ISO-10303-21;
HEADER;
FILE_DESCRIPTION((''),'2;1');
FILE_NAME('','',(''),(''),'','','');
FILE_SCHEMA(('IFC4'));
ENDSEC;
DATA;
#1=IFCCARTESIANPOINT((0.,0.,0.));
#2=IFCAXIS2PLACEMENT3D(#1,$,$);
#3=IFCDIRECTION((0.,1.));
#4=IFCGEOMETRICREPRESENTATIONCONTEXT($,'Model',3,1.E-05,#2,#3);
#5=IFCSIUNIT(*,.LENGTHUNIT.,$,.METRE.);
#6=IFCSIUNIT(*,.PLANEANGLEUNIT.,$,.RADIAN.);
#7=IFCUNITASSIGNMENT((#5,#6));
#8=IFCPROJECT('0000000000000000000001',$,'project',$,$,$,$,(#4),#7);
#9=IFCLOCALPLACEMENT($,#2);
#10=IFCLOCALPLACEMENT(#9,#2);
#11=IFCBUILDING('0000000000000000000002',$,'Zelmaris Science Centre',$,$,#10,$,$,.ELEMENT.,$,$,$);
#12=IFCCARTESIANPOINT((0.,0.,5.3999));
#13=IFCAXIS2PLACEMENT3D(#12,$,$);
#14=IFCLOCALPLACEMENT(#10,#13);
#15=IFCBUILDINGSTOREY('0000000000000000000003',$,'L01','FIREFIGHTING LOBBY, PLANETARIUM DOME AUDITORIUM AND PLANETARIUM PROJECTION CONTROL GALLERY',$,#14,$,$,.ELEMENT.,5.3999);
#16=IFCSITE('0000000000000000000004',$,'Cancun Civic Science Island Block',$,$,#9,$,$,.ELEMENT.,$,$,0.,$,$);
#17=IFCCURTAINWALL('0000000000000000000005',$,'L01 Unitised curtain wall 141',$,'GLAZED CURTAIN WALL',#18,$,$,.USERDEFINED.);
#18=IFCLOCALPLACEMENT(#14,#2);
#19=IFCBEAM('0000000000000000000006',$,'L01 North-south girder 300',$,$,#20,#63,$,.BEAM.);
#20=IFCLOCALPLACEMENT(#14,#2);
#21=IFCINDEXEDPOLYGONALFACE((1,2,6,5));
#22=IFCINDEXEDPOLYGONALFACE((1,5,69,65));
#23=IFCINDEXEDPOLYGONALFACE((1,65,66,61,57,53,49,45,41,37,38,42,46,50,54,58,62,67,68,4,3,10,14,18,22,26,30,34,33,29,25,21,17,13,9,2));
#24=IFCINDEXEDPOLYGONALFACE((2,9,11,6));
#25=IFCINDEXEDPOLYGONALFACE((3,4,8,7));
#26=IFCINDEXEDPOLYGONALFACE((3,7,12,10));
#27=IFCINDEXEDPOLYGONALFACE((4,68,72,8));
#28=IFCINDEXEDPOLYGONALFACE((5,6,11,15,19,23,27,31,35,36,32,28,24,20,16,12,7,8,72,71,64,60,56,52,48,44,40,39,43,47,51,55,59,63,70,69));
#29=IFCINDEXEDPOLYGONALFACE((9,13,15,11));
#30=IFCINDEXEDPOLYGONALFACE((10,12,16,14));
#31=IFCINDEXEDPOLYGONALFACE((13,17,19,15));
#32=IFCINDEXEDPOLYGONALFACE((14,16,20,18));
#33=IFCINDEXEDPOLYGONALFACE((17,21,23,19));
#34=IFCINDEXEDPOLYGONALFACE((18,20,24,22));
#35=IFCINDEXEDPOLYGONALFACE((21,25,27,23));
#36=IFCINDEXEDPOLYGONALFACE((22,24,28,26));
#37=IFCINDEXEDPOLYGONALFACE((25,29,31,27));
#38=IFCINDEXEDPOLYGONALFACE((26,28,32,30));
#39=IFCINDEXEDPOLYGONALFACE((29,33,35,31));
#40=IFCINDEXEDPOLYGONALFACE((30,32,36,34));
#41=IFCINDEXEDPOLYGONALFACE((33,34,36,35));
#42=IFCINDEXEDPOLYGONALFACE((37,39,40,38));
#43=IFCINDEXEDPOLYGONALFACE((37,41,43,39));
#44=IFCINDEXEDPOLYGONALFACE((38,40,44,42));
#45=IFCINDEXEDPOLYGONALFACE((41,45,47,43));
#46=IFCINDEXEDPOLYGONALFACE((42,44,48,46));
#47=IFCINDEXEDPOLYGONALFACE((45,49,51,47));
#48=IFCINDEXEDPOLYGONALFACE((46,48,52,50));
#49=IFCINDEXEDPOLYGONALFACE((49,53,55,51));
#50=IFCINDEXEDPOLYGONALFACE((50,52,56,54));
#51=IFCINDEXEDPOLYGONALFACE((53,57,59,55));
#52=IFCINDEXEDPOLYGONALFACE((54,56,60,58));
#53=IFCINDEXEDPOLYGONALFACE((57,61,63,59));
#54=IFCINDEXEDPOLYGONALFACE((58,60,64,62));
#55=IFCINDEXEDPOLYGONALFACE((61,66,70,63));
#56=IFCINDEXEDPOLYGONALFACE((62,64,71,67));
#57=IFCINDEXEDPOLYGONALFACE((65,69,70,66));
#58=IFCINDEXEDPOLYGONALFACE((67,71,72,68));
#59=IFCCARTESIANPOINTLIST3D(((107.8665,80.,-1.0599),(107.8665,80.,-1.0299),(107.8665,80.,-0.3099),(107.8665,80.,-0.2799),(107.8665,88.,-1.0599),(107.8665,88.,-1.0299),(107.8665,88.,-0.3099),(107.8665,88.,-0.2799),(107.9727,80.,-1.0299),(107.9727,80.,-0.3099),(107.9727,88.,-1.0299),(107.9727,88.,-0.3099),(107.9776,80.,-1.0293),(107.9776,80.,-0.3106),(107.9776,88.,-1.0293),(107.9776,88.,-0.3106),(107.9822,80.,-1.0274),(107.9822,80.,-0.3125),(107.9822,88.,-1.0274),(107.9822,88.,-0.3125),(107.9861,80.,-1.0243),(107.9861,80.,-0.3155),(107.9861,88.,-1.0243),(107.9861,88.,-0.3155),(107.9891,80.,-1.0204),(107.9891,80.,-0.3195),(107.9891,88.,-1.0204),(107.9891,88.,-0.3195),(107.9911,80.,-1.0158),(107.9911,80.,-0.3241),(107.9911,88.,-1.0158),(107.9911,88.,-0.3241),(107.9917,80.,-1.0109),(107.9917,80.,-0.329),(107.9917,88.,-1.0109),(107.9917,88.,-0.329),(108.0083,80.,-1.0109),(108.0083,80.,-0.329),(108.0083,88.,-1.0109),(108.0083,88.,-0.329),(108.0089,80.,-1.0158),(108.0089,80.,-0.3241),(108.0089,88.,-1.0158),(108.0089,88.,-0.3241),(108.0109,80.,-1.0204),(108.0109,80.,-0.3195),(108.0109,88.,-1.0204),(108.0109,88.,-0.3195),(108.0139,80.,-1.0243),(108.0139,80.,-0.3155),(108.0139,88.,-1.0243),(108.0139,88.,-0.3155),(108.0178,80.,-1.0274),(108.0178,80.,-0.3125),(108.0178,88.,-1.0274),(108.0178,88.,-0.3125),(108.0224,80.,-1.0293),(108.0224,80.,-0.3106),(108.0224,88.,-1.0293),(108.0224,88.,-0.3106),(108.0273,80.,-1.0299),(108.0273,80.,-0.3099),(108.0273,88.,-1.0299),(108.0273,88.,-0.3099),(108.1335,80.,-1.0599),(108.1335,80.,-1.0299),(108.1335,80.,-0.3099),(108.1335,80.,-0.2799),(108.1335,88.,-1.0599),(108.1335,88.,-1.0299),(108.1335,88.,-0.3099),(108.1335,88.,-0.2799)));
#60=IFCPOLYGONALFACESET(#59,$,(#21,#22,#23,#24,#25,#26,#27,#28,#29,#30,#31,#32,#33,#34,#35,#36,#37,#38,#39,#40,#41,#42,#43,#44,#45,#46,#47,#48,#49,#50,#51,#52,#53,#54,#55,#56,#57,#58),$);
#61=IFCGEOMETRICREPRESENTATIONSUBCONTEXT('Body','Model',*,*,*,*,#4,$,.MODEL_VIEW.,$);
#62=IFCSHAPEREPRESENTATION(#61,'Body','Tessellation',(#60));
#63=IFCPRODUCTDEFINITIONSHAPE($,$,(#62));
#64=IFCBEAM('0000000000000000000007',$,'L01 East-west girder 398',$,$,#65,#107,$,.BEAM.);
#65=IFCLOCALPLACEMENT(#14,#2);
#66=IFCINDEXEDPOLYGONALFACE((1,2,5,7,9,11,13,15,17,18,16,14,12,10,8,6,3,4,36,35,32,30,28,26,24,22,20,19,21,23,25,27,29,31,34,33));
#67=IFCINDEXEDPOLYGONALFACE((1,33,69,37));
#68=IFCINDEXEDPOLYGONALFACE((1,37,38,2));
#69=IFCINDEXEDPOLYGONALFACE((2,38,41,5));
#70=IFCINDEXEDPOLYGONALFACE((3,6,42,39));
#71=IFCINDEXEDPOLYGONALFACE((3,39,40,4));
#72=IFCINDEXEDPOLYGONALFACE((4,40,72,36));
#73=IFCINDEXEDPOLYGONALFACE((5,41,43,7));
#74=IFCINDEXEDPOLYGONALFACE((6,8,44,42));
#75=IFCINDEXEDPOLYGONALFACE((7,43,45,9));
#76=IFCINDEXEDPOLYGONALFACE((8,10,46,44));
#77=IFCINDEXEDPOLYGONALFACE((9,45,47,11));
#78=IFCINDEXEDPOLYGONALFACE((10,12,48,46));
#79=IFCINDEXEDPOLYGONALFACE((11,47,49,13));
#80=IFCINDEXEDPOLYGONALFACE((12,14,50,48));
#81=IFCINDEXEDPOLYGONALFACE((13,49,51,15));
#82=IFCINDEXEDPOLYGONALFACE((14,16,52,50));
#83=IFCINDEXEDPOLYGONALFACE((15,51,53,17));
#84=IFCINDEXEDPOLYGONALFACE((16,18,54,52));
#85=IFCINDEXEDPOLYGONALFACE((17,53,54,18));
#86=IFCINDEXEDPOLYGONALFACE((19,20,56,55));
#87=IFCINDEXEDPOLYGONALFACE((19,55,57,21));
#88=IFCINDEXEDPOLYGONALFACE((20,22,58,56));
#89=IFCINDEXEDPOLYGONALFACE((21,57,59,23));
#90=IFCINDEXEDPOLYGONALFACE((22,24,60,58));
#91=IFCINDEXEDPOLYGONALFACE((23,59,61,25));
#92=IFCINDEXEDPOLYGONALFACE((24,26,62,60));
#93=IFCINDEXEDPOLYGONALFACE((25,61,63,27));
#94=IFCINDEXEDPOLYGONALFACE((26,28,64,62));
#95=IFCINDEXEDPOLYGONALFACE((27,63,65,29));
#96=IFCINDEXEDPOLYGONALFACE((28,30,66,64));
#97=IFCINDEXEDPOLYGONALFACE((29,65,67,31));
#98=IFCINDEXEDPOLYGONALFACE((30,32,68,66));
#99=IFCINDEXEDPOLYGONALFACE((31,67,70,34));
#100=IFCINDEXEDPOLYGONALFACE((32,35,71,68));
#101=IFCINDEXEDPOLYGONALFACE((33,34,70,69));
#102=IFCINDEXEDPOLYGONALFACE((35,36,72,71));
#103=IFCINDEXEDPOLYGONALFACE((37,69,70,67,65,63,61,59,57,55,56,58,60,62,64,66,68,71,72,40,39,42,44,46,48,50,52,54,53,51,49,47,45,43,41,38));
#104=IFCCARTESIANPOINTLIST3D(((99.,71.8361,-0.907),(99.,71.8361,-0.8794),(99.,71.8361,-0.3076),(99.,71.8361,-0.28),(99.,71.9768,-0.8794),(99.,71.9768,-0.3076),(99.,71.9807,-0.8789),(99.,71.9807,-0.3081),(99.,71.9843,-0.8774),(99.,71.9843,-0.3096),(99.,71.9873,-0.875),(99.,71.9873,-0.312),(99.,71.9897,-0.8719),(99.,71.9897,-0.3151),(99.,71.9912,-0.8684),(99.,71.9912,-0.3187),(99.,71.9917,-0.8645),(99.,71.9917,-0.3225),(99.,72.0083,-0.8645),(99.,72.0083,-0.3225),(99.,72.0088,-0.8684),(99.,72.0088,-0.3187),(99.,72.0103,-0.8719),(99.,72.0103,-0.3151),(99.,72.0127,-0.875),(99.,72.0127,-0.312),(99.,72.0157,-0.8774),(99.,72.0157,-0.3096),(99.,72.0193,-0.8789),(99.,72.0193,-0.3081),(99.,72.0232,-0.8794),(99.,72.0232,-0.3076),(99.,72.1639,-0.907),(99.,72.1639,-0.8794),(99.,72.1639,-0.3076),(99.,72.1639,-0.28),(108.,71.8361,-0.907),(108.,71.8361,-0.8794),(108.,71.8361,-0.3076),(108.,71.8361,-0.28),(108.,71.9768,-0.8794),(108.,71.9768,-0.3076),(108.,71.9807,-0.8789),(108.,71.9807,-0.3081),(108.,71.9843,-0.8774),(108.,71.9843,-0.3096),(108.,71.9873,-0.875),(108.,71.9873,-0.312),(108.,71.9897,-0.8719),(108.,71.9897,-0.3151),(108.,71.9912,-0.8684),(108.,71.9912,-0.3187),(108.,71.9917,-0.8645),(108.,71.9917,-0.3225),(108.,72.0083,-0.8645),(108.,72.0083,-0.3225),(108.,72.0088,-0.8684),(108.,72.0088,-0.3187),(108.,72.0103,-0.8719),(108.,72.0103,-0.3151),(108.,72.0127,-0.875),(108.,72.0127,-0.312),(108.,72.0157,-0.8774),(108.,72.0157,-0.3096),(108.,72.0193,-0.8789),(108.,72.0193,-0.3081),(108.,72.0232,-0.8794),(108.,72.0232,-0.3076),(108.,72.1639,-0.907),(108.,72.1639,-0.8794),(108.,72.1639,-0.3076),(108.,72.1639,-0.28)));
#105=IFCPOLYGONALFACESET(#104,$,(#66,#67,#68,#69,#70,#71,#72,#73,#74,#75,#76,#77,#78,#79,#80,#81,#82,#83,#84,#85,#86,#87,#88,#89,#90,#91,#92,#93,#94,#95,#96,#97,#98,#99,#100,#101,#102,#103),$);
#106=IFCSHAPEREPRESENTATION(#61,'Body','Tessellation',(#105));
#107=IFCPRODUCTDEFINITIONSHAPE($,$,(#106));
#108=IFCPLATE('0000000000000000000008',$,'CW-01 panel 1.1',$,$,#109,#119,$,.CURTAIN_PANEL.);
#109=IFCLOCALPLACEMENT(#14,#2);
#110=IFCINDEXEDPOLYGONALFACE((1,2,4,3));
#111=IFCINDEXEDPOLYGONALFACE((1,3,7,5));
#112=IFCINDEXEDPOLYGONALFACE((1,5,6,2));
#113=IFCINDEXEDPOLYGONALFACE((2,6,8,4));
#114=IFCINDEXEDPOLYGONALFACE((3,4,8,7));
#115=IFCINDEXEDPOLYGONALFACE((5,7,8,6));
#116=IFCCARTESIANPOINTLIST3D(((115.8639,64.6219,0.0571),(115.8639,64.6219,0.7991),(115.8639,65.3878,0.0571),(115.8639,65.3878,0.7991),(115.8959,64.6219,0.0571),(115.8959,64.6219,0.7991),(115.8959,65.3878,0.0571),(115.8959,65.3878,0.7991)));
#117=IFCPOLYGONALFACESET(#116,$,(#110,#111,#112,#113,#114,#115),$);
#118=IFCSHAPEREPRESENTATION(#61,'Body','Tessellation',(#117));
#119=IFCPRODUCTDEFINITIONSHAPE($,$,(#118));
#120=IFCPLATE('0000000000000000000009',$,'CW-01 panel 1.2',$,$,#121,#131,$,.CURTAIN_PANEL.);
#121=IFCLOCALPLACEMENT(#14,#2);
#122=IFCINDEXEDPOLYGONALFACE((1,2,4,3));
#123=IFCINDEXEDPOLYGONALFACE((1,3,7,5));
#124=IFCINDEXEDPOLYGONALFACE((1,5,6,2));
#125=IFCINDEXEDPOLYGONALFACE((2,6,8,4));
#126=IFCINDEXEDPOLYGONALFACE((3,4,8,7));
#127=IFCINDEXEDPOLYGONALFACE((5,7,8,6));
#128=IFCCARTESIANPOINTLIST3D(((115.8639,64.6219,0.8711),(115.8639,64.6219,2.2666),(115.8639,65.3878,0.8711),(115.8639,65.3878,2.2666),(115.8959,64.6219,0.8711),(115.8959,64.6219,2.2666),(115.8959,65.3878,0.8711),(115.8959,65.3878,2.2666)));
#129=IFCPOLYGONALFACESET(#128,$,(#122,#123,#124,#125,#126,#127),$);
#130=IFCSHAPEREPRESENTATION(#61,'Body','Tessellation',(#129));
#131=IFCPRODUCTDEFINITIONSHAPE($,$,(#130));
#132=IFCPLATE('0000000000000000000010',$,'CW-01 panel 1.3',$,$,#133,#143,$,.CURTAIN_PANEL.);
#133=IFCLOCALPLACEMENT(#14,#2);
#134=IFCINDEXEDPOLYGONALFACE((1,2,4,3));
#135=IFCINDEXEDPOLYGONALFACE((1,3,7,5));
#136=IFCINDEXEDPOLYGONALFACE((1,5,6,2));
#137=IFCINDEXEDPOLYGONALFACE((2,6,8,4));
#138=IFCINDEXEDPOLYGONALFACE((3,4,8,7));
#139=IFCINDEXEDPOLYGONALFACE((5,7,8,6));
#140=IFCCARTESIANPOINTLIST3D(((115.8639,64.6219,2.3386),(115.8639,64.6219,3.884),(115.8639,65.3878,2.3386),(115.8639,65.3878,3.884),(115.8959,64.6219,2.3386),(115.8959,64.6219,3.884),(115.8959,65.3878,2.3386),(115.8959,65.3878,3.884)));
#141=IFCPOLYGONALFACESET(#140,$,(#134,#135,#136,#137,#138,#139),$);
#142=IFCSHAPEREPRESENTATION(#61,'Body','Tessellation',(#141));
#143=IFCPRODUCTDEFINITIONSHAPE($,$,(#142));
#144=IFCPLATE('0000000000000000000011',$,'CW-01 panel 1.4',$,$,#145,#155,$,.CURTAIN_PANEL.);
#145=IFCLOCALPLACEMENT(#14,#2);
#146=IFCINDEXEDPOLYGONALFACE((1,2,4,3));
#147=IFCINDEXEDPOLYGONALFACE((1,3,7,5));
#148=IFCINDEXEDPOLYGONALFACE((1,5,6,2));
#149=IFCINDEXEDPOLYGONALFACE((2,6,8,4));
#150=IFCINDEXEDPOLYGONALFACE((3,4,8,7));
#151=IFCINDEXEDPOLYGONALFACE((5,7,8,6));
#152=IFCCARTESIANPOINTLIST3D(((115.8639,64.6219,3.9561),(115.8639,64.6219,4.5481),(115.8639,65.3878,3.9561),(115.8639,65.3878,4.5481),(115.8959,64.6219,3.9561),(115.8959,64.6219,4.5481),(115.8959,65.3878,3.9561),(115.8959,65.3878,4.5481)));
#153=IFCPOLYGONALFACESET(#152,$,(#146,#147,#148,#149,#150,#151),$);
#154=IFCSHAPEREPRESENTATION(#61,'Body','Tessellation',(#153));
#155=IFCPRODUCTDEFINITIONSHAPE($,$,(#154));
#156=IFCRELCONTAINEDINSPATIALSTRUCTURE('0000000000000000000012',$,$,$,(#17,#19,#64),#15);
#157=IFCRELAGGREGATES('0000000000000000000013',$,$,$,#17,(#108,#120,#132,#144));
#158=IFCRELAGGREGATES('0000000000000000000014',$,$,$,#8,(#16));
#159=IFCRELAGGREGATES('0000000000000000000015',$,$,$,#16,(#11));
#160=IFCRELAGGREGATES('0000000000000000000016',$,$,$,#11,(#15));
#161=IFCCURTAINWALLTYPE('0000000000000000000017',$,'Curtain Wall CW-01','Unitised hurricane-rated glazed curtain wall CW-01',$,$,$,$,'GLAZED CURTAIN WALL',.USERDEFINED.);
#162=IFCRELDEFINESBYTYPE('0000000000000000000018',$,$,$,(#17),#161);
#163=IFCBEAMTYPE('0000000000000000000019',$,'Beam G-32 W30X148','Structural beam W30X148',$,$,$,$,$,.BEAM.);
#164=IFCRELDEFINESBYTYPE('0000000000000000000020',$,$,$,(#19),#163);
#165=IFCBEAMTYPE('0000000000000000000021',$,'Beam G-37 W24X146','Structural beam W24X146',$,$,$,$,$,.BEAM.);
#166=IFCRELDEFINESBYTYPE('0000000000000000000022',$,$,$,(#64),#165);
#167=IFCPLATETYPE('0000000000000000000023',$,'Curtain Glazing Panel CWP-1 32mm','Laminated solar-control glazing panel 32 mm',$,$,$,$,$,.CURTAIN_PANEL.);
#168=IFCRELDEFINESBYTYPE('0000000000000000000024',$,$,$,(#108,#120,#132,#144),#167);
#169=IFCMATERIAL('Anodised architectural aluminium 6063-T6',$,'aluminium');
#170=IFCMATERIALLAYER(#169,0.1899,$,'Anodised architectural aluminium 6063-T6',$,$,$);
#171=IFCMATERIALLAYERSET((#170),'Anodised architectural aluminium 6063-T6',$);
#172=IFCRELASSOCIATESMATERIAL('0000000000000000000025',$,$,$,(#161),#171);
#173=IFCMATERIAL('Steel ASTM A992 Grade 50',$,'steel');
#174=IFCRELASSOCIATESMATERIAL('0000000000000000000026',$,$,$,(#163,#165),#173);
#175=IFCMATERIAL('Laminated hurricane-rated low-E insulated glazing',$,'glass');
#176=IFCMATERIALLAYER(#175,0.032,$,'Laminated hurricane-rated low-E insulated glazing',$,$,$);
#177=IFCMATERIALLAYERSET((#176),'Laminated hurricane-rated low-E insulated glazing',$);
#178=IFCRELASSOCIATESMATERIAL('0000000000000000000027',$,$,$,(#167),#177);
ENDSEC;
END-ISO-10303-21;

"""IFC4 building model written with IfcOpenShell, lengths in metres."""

from ifc_helpers import new_model, si_unit, direction, frame, origin, origin_2d, place, context, subcontext, project, spatial, rectangle, i_section, extrude, material, layer, layer_set, material_profile, profile_set, type_object, element, aggregate, save


model = new_model("IFC4")

# Units and contexts
model_context = context("Model", 3, precision=1e-05, world=origin(), true_north=direction((0.0, 1.0)))
body_context = subcontext(model_context, "Body", "Model", "MODEL_VIEW")
ifc_project = project(units=[si_unit("LENGTHUNIT", "METRE"), si_unit("PLANEANGLEUNIT", "RADIAN")], contexts=[model_context])

# Site, building, storey
site_placement = place(None, origin())
site = spatial("IfcSite", under=ifc_project, at=site_placement, Name="Cancun Civic Science Island Block", CompositionType="ELEMENT", RefElevation=0.0)
building_placement = place(site_placement, origin())
building = spatial("IfcBuilding", under=site, at=building_placement, Name="Zelmaris Science Centre", CompositionType="ELEMENT")
storey_placement = place(building_placement, frame((0.0, 0.0, 5.3999)))
storey = spatial("IfcBuildingStorey", under=building, at=storey_placement, Name="L01", Description="FIREFIGHTING LOBBY, PLANETARIUM DOME AUDITORIUM AND PLANETARIUM PROJECTION CONTROL GALLERY", CompositionType="ELEMENT", Elevation=5.3999)

# Shared definitions
ifc_material_1 = material(Name="Steel ASTM A992 Grade 50", Category="steel")

# Curtain wall
ifc_material_2 = material(Name="Anodised architectural aluminium 6063-T6", Category="aluminium")
ifc_layer_1 = layer(ifc_material_2, 0.1899, Name="Anodised architectural aluminium 6063-T6")
ifc_layer_set_1 = layer_set([ifc_layer_1], Name="Anodised architectural aluminium 6063-T6")
curtain_wall_type = type_object("IfcCurtainWallType", Name="Curtain Wall CW-01", Description="Unitised hurricane-rated glazed curtain wall CW-01", ElementType="GLAZED CURTAIN WALL", PredefinedType="USERDEFINED", material=ifc_layer_set_1)
curtain_wall_placement = place(storey_placement, origin())
curtain_wall = element("IfcCurtainWall", 1, at=curtain_wall_placement, inside=storey, type_object=curtain_wall_type, Name="L01 Unitised curtain wall 141", ObjectType="GLAZED CURTAIN WALL", PredefinedType="USERDEFINED")

# Beams
ifc_material_profile_1 = material_profile(ifc_material_1, i_section(OverallWidth=0.2671, OverallDepth=0.78, WebThickness=0.0166, FlangeThickness=0.03, FilletRadius=0.019, at=origin_2d()), Name="W30X148")
ifc_profile_set_1 = profile_set([ifc_material_profile_1], Name="Steel ASTM A992 Grade 50")
beam_type_1 = type_object("IfcBeamType", Name="Beam G-32 W30X148", Description="Structural beam W30X148", PredefinedType="BEAM", material=ifc_profile_set_1)
beam_1_placement = place(storey_placement, frame((108.0, 80.0, -0.6699), z_axis=(0.0, 1.0, 0.0), x_axis=(-1.0, 0.0, 0.0)))
element("IfcBeam", 2, at=beam_1_placement, inside=storey, type_object=beam_type_1, Name="L01 North-south girder 300", PredefinedType="BEAM", context=body_context, shape_type="SweptSolid", body=[
    extrude(i_section(OverallWidth=0.2671, OverallDepth=0.78, WebThickness=0.0166, FlangeThickness=0.03, FilletRadius=0.019, at=origin_2d()), origin(), (0.0, 0.0, 1.0), 8.0),
])
ifc_material_profile_2 = material_profile(ifc_material_1, i_section(OverallWidth=0.3279, OverallDepth=0.627, WebThickness=0.0166, FlangeThickness=0.0276, FilletRadius=0.0149, at=origin_2d()), Name="W24X146")
ifc_profile_set_2 = profile_set([ifc_material_profile_2], Name="Steel ASTM A992 Grade 50")
beam_type_2 = type_object("IfcBeamType", Name="Beam G-37 W24X146", Description="Structural beam W24X146", PredefinedType="BEAM", material=ifc_profile_set_2)
beam_2_placement = place(storey_placement, frame((99.0, 72.0, -0.5935), z_axis=(1.0, 0.0, 0.0), x_axis=(0.0, 1.0, 0.0)))
element("IfcBeam", 3, at=beam_2_placement, inside=storey, type_object=beam_type_2, Name="L01 East-west girder 398", PredefinedType="BEAM", context=body_context, shape_type="SweptSolid", body=[
    extrude(i_section(OverallWidth=0.3279, OverallDepth=0.627, WebThickness=0.0166, FlangeThickness=0.0276, FilletRadius=0.0149, at=origin_2d()), origin(), (0.0, 0.0, 1.0), 9.0),
])

# Plates
ifc_material_3 = material(Name="Laminated hurricane-rated low-E insulated glazing", Category="glass")
ifc_layer_2 = layer(ifc_material_3, 0.032, Name="Laminated hurricane-rated low-E insulated glazing")
ifc_layer_set_2 = layer_set([ifc_layer_2], Name="Laminated hurricane-rated low-E insulated glazing")
plate_type = type_object("IfcPlateType", Name="Curtain Glazing Panel CWP-1 32mm", Description="Laminated solar-control glazing panel 32 mm", PredefinedType="CURTAIN_PANEL", material=ifc_layer_set_2)
plate_1_placement = place(storey_placement, frame((115.8799, 65.0049, 0.0571), z_axis=(0.0, 0.0, 1.0), x_axis=(0.000023, -1.0, 0.0)))
plate_1 = element("IfcPlate", 4, at=plate_1_placement, type_object=plate_type, Name="CW-01 panel 1.1", PredefinedType="CURTAIN_PANEL", context=body_context, shape_type="SweptSolid", body=[
    extrude(rectangle(XDim=0.7659, YDim=0.032, at=origin_2d()), origin(), (0.0, 0.0, 1.0), 0.7419),
])
plate_2_placement = place(storey_placement, frame((115.8799, 65.0049, 0.8711), z_axis=(0.0, 0.0, 1.0), x_axis=(0.000023, -1.0, 0.0)))
plate_2 = element("IfcPlate", 5, at=plate_2_placement, type_object=plate_type, Name="CW-01 panel 1.2", PredefinedType="CURTAIN_PANEL", context=body_context, shape_type="SweptSolid", body=[
    extrude(rectangle(XDim=0.7659, YDim=0.032, at=origin_2d()), origin(), (0.0, 0.0, 1.0), 1.3955),
])
plate_3_placement = place(storey_placement, frame((115.8799, 65.0049, 2.3386), z_axis=(0.0, 0.0, 1.0), x_axis=(0.000023, -1.0, 0.0)))
plate_3 = element("IfcPlate", 6, at=plate_3_placement, type_object=plate_type, Name="CW-01 panel 1.3", PredefinedType="CURTAIN_PANEL", context=body_context, shape_type="SweptSolid", body=[
    extrude(rectangle(XDim=0.7659, YDim=0.032, at=origin_2d()), origin(), (0.0, 0.0, 1.0), 1.5454),
])
plate_4_placement = place(storey_placement, frame((115.8799, 65.0049, 3.9561), z_axis=(0.0, 0.0, 1.0), x_axis=(0.000023, -1.0, 0.0)))
plate_4 = element("IfcPlate", 7, at=plate_4_placement, type_object=plate_type, Name="CW-01 panel 1.4", PredefinedType="CURTAIN_PANEL", context=body_context, shape_type="SweptSolid", body=[
    extrude(rectangle(XDim=0.7659, YDim=0.032, at=origin_2d()), origin(), (0.0, 0.0, 1.0), 0.592),
])
aggregate(curtain_wall, [plate_1, plate_2, plate_3, plate_4])

save(model, "model.ifc")
